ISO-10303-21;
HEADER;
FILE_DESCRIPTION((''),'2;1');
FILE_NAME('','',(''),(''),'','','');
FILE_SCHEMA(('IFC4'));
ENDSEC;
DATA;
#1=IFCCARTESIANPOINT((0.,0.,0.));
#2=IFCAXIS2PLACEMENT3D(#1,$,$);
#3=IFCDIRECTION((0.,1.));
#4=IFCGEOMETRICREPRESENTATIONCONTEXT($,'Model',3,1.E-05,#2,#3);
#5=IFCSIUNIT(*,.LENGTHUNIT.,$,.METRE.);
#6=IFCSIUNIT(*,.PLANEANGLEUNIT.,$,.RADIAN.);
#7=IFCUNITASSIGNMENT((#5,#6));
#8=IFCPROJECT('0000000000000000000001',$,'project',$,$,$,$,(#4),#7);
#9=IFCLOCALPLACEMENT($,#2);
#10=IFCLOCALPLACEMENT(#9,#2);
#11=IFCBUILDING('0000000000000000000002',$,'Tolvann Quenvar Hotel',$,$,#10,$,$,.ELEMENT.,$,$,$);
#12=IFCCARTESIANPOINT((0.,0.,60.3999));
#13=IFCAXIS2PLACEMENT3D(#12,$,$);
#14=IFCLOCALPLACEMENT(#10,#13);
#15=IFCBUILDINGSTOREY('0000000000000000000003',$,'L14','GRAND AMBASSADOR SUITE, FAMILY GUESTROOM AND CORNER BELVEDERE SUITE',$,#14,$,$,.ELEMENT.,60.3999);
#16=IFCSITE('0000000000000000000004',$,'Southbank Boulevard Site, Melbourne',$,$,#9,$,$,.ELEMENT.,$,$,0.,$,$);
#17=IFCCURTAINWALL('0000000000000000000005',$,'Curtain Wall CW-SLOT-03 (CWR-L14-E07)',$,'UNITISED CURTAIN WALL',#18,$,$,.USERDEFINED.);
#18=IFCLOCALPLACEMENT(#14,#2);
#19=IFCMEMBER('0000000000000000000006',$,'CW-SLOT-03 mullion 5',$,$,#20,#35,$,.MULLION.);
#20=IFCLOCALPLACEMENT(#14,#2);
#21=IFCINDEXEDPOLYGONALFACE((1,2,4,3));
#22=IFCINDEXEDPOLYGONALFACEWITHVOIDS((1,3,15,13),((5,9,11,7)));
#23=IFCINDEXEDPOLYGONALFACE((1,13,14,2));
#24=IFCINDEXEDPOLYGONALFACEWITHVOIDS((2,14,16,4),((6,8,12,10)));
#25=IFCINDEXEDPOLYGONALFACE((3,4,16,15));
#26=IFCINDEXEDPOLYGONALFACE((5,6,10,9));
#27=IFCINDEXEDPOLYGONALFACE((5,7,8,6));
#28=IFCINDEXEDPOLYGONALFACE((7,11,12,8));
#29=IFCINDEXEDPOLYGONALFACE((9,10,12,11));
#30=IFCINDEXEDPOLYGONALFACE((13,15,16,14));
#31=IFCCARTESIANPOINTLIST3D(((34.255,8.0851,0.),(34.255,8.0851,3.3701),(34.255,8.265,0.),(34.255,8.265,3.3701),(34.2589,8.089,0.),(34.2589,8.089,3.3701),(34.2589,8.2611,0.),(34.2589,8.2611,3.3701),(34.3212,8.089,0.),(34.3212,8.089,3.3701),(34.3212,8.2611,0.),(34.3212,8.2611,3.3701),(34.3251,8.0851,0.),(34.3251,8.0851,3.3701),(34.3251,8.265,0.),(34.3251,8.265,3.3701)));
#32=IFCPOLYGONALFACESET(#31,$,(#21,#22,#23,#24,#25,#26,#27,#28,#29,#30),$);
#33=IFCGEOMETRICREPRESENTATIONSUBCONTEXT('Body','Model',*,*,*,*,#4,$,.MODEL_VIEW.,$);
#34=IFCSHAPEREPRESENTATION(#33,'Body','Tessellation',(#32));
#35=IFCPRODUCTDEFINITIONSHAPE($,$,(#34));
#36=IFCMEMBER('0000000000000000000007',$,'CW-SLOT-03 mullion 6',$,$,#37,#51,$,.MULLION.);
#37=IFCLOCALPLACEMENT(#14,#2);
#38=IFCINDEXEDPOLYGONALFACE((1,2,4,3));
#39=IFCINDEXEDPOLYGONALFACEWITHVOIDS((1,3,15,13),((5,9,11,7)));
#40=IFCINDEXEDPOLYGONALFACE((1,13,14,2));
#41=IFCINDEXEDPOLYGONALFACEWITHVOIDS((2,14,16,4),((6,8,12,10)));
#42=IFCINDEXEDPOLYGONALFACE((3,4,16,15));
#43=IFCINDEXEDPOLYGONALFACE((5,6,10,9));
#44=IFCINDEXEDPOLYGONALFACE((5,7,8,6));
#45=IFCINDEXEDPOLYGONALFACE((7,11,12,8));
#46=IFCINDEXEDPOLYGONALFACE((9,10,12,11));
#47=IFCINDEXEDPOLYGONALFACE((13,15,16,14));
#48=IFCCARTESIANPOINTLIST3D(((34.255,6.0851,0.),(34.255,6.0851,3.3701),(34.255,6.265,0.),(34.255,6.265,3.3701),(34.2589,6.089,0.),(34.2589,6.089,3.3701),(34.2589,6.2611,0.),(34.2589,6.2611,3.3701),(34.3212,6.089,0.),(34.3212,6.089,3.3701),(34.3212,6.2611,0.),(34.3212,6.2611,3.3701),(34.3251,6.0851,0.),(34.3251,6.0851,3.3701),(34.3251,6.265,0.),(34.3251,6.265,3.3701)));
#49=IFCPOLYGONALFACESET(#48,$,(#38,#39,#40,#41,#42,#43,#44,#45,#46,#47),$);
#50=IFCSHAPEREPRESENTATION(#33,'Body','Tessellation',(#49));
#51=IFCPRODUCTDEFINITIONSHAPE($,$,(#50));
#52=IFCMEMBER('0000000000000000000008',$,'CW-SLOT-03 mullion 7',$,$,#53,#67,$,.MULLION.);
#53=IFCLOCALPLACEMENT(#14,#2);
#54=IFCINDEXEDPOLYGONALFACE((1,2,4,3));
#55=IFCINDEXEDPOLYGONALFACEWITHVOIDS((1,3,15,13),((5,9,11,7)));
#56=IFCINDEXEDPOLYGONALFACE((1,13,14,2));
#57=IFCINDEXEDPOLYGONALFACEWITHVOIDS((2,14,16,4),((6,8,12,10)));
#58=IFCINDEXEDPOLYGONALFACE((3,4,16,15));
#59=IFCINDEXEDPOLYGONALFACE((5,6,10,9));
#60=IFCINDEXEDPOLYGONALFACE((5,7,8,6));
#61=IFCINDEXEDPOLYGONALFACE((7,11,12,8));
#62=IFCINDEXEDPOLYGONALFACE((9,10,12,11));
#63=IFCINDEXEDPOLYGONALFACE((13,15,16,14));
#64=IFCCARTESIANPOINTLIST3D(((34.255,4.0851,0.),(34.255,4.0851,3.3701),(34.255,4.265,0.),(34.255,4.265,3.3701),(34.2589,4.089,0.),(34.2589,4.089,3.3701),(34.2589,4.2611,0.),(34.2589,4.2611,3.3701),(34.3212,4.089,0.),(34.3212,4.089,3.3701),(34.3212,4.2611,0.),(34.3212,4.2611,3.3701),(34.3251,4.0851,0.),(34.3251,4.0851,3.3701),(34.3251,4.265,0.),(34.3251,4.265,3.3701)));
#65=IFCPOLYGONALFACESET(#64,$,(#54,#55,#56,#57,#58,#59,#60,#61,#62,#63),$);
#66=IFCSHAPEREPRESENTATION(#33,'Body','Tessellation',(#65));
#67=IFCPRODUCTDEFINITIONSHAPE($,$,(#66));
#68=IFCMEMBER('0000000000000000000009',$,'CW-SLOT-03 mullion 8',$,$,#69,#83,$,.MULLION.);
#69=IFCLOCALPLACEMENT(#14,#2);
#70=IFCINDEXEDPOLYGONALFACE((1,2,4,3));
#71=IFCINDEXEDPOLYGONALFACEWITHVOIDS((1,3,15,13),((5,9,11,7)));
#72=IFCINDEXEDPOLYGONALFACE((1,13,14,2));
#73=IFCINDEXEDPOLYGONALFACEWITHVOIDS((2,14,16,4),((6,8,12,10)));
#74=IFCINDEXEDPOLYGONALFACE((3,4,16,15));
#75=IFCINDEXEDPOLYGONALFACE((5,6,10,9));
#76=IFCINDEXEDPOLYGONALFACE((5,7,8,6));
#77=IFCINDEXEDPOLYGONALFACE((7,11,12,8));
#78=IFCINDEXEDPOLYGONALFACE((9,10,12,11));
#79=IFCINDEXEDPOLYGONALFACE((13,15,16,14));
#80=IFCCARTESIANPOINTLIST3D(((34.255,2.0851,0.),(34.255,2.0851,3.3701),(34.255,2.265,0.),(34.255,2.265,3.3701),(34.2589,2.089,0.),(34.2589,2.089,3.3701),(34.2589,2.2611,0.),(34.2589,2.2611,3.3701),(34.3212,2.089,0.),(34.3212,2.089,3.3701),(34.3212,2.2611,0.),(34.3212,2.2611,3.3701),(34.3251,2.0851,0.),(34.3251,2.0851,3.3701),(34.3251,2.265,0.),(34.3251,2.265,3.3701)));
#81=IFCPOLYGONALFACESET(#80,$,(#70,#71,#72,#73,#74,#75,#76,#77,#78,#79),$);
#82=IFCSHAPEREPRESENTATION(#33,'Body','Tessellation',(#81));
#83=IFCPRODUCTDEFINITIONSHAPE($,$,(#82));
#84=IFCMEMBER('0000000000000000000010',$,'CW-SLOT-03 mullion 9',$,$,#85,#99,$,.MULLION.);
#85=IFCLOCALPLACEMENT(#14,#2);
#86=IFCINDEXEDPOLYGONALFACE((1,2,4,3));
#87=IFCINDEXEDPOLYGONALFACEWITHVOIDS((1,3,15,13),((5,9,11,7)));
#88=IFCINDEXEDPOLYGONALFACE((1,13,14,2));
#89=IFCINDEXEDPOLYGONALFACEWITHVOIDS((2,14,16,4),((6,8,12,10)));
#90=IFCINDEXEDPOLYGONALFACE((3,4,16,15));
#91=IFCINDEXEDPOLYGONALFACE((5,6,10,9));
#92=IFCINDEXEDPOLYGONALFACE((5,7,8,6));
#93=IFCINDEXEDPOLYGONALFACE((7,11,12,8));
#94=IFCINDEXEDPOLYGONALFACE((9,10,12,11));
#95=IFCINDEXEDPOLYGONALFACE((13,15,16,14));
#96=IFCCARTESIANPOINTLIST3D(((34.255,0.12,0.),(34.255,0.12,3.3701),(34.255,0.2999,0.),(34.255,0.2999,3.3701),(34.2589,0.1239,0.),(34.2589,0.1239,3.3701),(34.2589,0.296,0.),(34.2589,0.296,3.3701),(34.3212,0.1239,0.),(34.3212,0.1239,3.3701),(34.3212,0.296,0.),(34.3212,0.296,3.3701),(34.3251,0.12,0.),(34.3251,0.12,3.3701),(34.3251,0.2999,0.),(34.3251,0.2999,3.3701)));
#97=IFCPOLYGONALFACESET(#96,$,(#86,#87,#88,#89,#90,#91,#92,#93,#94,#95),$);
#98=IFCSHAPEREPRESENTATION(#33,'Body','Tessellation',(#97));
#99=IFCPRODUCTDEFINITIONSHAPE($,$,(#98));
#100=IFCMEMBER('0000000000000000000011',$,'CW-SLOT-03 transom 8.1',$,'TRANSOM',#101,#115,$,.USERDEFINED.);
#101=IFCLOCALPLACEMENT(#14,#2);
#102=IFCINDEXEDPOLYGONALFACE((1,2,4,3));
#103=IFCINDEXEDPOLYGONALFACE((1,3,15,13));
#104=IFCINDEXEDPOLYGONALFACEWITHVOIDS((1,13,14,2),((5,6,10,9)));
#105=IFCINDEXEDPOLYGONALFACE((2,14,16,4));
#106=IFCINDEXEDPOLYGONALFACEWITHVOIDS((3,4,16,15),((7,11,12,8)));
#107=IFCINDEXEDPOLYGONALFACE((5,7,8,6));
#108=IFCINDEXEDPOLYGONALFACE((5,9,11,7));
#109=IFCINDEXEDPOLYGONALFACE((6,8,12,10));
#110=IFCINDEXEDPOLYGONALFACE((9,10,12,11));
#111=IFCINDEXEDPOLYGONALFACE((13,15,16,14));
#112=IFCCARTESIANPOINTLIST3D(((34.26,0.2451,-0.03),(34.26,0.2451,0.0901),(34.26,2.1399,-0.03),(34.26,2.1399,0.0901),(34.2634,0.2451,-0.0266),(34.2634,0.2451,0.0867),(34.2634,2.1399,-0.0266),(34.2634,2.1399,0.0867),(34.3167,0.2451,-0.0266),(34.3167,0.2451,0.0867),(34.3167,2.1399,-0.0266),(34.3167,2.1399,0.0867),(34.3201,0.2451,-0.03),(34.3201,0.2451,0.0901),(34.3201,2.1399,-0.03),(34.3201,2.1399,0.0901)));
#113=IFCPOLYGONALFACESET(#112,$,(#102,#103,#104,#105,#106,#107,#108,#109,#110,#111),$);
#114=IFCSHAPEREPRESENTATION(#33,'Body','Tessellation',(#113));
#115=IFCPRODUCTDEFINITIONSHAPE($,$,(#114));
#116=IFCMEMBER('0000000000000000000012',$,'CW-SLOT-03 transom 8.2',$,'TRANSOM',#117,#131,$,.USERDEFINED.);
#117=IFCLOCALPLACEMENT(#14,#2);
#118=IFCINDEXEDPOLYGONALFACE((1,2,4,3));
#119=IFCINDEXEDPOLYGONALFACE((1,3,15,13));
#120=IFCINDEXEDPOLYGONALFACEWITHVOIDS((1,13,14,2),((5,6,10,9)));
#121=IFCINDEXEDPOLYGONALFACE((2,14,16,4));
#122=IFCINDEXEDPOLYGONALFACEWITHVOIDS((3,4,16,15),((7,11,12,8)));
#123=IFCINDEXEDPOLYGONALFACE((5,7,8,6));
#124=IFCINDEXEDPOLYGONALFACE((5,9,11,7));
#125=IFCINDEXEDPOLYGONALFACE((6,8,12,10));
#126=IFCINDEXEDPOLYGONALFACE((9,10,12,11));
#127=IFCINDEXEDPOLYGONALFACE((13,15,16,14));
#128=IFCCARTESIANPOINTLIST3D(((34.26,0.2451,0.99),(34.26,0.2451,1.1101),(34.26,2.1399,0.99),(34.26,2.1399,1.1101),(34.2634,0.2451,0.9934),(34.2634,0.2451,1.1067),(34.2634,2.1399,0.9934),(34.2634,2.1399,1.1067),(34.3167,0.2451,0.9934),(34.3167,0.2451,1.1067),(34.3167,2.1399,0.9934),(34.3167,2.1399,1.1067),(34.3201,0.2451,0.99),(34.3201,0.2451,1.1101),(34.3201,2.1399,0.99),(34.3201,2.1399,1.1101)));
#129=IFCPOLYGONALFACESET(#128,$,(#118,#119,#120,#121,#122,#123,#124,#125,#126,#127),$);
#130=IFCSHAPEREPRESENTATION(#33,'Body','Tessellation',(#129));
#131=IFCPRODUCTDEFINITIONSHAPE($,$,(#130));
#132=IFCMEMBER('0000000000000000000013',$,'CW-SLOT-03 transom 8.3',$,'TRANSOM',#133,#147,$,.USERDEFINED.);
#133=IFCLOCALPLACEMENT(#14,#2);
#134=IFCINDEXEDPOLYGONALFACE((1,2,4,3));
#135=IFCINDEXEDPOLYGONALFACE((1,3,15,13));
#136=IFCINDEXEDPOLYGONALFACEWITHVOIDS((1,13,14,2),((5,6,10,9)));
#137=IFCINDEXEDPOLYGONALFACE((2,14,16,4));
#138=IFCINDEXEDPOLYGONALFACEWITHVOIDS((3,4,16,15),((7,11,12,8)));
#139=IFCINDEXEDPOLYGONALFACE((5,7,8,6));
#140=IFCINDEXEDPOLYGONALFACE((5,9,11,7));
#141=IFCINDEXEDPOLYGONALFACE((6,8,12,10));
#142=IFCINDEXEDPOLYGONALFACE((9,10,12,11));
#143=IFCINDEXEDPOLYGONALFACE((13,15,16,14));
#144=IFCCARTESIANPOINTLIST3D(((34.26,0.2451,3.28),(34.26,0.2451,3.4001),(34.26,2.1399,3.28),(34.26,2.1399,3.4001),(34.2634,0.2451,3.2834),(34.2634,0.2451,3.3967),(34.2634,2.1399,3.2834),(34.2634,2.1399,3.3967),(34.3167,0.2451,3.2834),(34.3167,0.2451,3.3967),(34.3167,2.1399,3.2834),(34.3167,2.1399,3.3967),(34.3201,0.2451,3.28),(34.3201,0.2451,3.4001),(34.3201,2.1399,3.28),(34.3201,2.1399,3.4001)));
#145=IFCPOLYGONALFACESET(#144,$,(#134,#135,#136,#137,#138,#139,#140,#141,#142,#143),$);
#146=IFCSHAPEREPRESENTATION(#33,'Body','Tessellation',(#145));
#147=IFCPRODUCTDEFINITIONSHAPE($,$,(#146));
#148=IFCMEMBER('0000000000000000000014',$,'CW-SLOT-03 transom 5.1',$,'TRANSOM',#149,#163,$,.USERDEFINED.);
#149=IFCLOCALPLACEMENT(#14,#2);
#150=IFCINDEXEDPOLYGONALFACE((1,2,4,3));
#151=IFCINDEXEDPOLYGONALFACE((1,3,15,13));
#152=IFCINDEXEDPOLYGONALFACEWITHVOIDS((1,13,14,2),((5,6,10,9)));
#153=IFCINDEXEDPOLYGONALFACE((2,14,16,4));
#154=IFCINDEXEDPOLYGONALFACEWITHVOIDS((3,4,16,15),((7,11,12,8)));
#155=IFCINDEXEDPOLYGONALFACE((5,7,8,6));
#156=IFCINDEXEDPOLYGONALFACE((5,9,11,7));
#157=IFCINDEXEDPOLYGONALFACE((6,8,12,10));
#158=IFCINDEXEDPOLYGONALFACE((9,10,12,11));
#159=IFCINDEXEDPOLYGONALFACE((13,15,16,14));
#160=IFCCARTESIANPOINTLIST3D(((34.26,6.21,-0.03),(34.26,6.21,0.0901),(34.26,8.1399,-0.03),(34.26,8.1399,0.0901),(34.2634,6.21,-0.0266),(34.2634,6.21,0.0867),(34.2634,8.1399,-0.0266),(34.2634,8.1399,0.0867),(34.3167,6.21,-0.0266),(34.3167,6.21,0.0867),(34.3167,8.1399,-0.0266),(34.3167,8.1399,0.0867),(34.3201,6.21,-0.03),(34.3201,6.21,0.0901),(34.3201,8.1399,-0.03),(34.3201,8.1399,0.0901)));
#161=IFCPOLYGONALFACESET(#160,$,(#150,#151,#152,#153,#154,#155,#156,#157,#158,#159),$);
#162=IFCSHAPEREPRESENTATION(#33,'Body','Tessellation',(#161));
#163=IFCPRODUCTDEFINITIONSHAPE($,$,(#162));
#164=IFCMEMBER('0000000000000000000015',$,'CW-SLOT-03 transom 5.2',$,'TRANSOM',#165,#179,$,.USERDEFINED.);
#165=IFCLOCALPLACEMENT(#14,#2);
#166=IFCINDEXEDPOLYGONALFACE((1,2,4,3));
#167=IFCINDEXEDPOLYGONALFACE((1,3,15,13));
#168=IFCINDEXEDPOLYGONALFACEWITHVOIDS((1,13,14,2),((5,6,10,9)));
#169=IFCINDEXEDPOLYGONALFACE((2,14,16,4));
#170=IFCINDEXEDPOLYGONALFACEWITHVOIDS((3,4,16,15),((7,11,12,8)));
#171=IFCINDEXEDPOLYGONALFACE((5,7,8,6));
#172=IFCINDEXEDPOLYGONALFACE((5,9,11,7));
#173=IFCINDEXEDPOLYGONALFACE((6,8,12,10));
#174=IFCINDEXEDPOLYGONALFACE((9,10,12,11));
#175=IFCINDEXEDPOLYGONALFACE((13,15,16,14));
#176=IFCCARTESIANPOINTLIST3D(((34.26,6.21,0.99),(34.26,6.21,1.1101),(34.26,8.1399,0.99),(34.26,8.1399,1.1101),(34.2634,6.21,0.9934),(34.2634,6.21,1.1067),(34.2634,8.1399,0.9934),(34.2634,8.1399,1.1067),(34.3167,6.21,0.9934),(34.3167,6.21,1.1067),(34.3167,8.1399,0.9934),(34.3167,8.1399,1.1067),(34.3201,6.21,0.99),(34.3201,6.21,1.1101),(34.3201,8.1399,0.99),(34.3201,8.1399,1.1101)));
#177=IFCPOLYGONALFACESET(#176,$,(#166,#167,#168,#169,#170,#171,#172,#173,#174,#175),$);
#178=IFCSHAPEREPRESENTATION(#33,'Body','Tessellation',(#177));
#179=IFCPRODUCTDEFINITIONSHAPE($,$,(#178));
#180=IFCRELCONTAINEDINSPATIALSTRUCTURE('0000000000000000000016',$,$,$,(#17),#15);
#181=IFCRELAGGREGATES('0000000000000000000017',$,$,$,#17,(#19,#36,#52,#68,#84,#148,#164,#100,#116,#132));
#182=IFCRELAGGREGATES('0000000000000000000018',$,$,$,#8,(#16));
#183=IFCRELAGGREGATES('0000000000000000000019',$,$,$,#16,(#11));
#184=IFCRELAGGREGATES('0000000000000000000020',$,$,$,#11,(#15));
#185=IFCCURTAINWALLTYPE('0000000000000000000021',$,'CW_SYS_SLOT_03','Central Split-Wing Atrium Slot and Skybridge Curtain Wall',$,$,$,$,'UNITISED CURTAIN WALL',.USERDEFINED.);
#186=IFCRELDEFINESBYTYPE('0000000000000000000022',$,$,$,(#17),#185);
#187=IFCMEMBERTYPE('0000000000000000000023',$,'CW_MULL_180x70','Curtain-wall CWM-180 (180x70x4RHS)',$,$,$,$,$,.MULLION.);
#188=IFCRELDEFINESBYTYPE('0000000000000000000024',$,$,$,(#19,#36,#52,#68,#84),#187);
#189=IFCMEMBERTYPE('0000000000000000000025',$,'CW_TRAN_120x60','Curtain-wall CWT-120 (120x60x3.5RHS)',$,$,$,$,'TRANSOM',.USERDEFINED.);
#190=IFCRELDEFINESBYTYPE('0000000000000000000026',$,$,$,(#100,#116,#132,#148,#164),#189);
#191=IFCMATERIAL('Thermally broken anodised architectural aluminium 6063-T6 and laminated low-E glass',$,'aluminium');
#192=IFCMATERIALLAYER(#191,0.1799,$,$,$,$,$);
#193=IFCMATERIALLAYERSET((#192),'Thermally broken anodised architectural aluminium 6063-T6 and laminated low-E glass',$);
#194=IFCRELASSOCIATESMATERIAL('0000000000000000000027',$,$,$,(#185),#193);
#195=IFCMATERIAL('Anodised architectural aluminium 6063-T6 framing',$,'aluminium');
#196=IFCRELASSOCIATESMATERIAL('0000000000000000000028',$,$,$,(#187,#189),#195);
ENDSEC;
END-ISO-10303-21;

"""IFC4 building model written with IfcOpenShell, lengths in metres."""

from ifc_helpers import new_model, si_unit, direction, frame, origin, origin_2d, place, context, subcontext, project, spatial, hollow_rectangle, extrude, source, transform, mapped, material, layer, layer_set, material_profile, profile_set, type_object, type_shapes, element, aggregate, save


model = new_model("IFC4")

# Units and contexts
model_context = context("Model", 3, precision=1e-05, world=origin(), true_north=direction((0.0, 1.0)))
body_context = subcontext(model_context, "Body", "Model", "MODEL_VIEW")
ifc_project = project(units=[si_unit("LENGTHUNIT", "METRE"), si_unit("PLANEANGLEUNIT", "RADIAN")], contexts=[model_context])

# Site, building, storey
site_placement = place(None, origin())
site = spatial("IfcSite", under=ifc_project, at=site_placement, Name="Southbank Boulevard Site, Melbourne", CompositionType="ELEMENT", RefElevation=0.0)
building_placement = place(site_placement, origin())
building = spatial("IfcBuilding", under=site, at=building_placement, Name="Tolvann Quenvar Hotel", CompositionType="ELEMENT")
storey_placement = place(building_placement, frame((0.0, 0.0, 60.3999)))
storey = spatial("IfcBuildingStorey", under=building, at=storey_placement, Name="L14", Description="GRAND AMBASSADOR SUITE, FAMILY GUESTROOM AND CORNER BELVEDERE SUITE", CompositionType="ELEMENT", Elevation=60.3999)

# Curtain wall, members
ifc_material_1 = material(Name="Thermally broken anodised architectural aluminium 6063-T6 and laminated low-E glass", Category="aluminium")
ifc_layer_1 = layer(ifc_material_1, 0.1799)
ifc_layer_set_1 = layer_set([ifc_layer_1], Name="Thermally broken anodised architectural aluminium 6063-T6 and laminated low-E glass")
curtain_wall_type = type_object("IfcCurtainWallType", Name="CW_SYS_SLOT_03", Description="Central Split-Wing Atrium Slot and Skybridge Curtain Wall", ElementType="UNITISED CURTAIN WALL", PredefinedType="USERDEFINED", material=ifc_layer_set_1)
curtain_wall_placement = place(storey_placement, origin())
curtain_wall = element("IfcCurtainWall", 1, at=curtain_wall_placement, inside=storey, type_object=curtain_wall_type, Name="Curtain Wall CW-SLOT-03 (CWR-L14-E07)", ObjectType="UNITISED CURTAIN WALL", PredefinedType="USERDEFINED")
ifc_material_2 = material(Name="Anodised architectural aluminium 6063-T6 framing", Category="aluminium")
ifc_material_profile_1 = material_profile(ifc_material_2, hollow_rectangle(XDim=0.0701, YDim=0.1799, WallThickness=0.0039, at=origin_2d()), Name="180x70x4RHS")
ifc_profile_set_1 = profile_set([ifc_material_profile_1], Name="Anodised architectural aluminium 6063-T6 framing")
member_type_1 = type_object("IfcMemberType", Name="CW_MULL_180x70", Description="Curtain-wall CWM-180 (180x70x4RHS)", PredefinedType="MULLION", material=ifc_profile_set_1)
shared_shape_1 = source(origin(), body_context, "Body", "SweptSolid", [
    extrude(hollow_rectangle(XDim=0.0701, YDim=0.1799, WallThickness=0.0039, at=origin_2d()), origin(), (0.0, 0.0, 1.0), 3.3701),
])
type_shapes(member_type_1, [shared_shape_1])
member_1_placement = place(storey_placement, frame((34.29, 8.175, 0.0), z_axis=(0.0, 0.0, 1.0), x_axis=(1.0, 0.0, 0.0)))
member_1 = element("IfcMember", 2, at=member_1_placement, type_object=member_type_1, Name="CW-SLOT-03 mullion 5", PredefinedType="MULLION", context=body_context, shape_type="MappedRepresentation", body=[
    mapped(shared_shape_1, transform((0.0, 0.0, 0.0), x_axis=(1.0, 0.0, 0.0), y_axis=(0.0, 1.0, 0.0), z_axis=(0.0, 0.0, 1.0), scale=1.0)),
])
member_2_placement = place(storey_placement, frame((34.29, 6.175, 0.0), z_axis=(0.0, 0.0, 1.0), x_axis=(1.0, 0.0, 0.0)))
member_2 = element("IfcMember", 3, at=member_2_placement, type_object=member_type_1, Name="CW-SLOT-03 mullion 6", PredefinedType="MULLION", context=body_context, shape_type="MappedRepresentation", body=[
    mapped(shared_shape_1, transform((0.0, 0.0, 0.0), x_axis=(1.0, 0.0, 0.0), y_axis=(0.0, 1.0, 0.0), z_axis=(0.0, 0.0, 1.0), scale=1.0)),
])
member_3_placement = place(storey_placement, frame((34.29, 4.175, 0.0), z_axis=(0.0, 0.0, 1.0), x_axis=(1.0, 0.0, 0.0)))
member_3 = element("IfcMember", 4, at=member_3_placement, type_object=member_type_1, Name="CW-SLOT-03 mullion 7", PredefinedType="MULLION", context=body_context, shape_type="MappedRepresentation", body=[
    mapped(shared_shape_1, transform((0.0, 0.0, 0.0), x_axis=(1.0, 0.0, 0.0), y_axis=(0.0, 1.0, 0.0), z_axis=(0.0, 0.0, 1.0), scale=1.0)),
])
member_4_placement = place(storey_placement, frame((34.29, 2.175, 0.0), z_axis=(0.0, 0.0, 1.0), x_axis=(1.0, 0.0, 0.0)))
member_4 = element("IfcMember", 5, at=member_4_placement, type_object=member_type_1, Name="CW-SLOT-03 mullion 8", PredefinedType="MULLION", context=body_context, shape_type="MappedRepresentation", body=[
    mapped(shared_shape_1, transform((0.0, 0.0, 0.0), x_axis=(1.0, 0.0, 0.0), y_axis=(0.0, 1.0, 0.0), z_axis=(0.0, 0.0, 1.0), scale=1.0)),
])
member_5_placement = place(storey_placement, frame((34.29, 0.21, 0.0), z_axis=(0.0, 0.0, 1.0), x_axis=(1.0, 0.0, 0.0)))
member_5 = element("IfcMember", 6, at=member_5_placement, type_object=member_type_1, Name="CW-SLOT-03 mullion 9", PredefinedType="MULLION", context=body_context, shape_type="MappedRepresentation", body=[
    mapped(shared_shape_1, transform((0.0, 0.0, 0.0), x_axis=(1.0, 0.0, 0.0), y_axis=(0.0, 1.0, 0.0), z_axis=(0.0, 0.0, 1.0), scale=1.0)),
])
ifc_material_profile_2 = material_profile(ifc_material_2, hollow_rectangle(XDim=0.0601, YDim=0.1201, WallThickness=0.0034, at=origin_2d()), Name="120x60x3.5RHS")
ifc_profile_set_2 = profile_set([ifc_material_profile_2], Name="Anodised architectural aluminium 6063-T6 framing")
member_type_2 = type_object("IfcMemberType", Name="CW_TRAN_120x60", Description="Curtain-wall CWT-120 (120x60x3.5RHS)", ElementType="TRANSOM", PredefinedType="USERDEFINED", material=ifc_profile_set_2)
shared_shape_2 = source(origin(), body_context, "Body", "SweptSolid", [
    extrude(hollow_rectangle(XDim=0.0601, YDim=0.1201, WallThickness=0.0034, at=origin_2d()), origin(), (0.0, 0.0, 1.0), 1.8948),
])
member_6_placement = place(storey_placement, frame((34.29, 2.1399, 0.03), z_axis=(0.0, -1.0, 0.0), x_axis=(1.0, 0.0, 0.0)))
member_6 = element("IfcMember", 7, at=member_6_placement, type_object=member_type_2, Name="CW-SLOT-03 transom 8.1", ObjectType="TRANSOM", PredefinedType="USERDEFINED", context=body_context, shape_type="MappedRepresentation", body=[
    mapped(shared_shape_2, transform((0.0, 0.0, 0.0), x_axis=(1.0, 0.0, 0.0), y_axis=(0.0, 1.0, 0.0), z_axis=(0.0, 0.0, 1.0), scale=1.0)),
])
member_7_placement = place(storey_placement, frame((34.29, 2.1399, 1.05), z_axis=(0.0, -1.0, 0.0), x_axis=(1.0, 0.0, 0.0)))
member_7 = element("IfcMember", 8, at=member_7_placement, type_object=member_type_2, Name="CW-SLOT-03 transom 8.2", ObjectType="TRANSOM", PredefinedType="USERDEFINED", context=body_context, shape_type="MappedRepresentation", body=[
    mapped(shared_shape_2, transform((0.0, 0.0, 0.0), x_axis=(1.0, 0.0, 0.0), y_axis=(0.0, 1.0, 0.0), z_axis=(0.0, 0.0, 1.0), scale=1.0)),
])
member_8_placement = place(storey_placement, frame((34.29, 2.1399, 3.3401), z_axis=(0.0, -1.0, 0.0), x_axis=(1.0, 0.0, 0.0)))
member_8 = element("IfcMember", 9, at=member_8_placement, type_object=member_type_2, Name="CW-SLOT-03 transom 8.3", ObjectType="TRANSOM", PredefinedType="USERDEFINED", context=body_context, shape_type="MappedRepresentation", body=[
    mapped(shared_shape_2, transform((0.0, 0.0, 0.0), x_axis=(1.0, 0.0, 0.0), y_axis=(0.0, 1.0, 0.0), z_axis=(0.0, 0.0, 1.0), scale=1.0)),
])
shared_shape_3 = source(origin(), body_context, "Body", "SweptSolid", [
    extrude(hollow_rectangle(XDim=0.0601, YDim=0.1201, WallThickness=0.0034, at=origin_2d()), origin(), (0.0, 0.0, 1.0), 1.9299),
])
type_shapes(member_type_2, [shared_shape_2, shared_shape_3])
member_9_placement = place(storey_placement, frame((34.29, 8.1399, 0.03), z_axis=(0.0, -1.0, 0.0), x_axis=(1.0, 0.0, 0.0)))
member_9 = element("IfcMember", 10, at=member_9_placement, type_object=member_type_2, Name="CW-SLOT-03 transom 5.1", ObjectType="TRANSOM", PredefinedType="USERDEFINED", context=body_context, shape_type="MappedRepresentation", body=[
    mapped(shared_shape_3, transform((0.0, 0.0, 0.0), x_axis=(1.0, 0.0, 0.0), y_axis=(0.0, 1.0, 0.0), z_axis=(0.0, 0.0, 1.0), scale=1.0)),
])
member_10_placement = place(storey_placement, frame((34.29, 8.1399, 1.05), z_axis=(0.0, -1.0, 0.0), x_axis=(1.0, 0.0, 0.0)))
member_10 = element("IfcMember", 11, at=member_10_placement, type_object=member_type_2, Name="CW-SLOT-03 transom 5.2", ObjectType="TRANSOM", PredefinedType="USERDEFINED", context=body_context, shape_type="MappedRepresentation", body=[
    mapped(shared_shape_3, transform((0.0, 0.0, 0.0), x_axis=(1.0, 0.0, 0.0), y_axis=(0.0, 1.0, 0.0), z_axis=(0.0, 0.0, 1.0), scale=1.0)),
])
aggregate(curtain_wall, [member_1, member_2, member_3, member_4, member_5, member_9, member_10, member_6, member_7, member_8])

save(model, "model.ifc")
